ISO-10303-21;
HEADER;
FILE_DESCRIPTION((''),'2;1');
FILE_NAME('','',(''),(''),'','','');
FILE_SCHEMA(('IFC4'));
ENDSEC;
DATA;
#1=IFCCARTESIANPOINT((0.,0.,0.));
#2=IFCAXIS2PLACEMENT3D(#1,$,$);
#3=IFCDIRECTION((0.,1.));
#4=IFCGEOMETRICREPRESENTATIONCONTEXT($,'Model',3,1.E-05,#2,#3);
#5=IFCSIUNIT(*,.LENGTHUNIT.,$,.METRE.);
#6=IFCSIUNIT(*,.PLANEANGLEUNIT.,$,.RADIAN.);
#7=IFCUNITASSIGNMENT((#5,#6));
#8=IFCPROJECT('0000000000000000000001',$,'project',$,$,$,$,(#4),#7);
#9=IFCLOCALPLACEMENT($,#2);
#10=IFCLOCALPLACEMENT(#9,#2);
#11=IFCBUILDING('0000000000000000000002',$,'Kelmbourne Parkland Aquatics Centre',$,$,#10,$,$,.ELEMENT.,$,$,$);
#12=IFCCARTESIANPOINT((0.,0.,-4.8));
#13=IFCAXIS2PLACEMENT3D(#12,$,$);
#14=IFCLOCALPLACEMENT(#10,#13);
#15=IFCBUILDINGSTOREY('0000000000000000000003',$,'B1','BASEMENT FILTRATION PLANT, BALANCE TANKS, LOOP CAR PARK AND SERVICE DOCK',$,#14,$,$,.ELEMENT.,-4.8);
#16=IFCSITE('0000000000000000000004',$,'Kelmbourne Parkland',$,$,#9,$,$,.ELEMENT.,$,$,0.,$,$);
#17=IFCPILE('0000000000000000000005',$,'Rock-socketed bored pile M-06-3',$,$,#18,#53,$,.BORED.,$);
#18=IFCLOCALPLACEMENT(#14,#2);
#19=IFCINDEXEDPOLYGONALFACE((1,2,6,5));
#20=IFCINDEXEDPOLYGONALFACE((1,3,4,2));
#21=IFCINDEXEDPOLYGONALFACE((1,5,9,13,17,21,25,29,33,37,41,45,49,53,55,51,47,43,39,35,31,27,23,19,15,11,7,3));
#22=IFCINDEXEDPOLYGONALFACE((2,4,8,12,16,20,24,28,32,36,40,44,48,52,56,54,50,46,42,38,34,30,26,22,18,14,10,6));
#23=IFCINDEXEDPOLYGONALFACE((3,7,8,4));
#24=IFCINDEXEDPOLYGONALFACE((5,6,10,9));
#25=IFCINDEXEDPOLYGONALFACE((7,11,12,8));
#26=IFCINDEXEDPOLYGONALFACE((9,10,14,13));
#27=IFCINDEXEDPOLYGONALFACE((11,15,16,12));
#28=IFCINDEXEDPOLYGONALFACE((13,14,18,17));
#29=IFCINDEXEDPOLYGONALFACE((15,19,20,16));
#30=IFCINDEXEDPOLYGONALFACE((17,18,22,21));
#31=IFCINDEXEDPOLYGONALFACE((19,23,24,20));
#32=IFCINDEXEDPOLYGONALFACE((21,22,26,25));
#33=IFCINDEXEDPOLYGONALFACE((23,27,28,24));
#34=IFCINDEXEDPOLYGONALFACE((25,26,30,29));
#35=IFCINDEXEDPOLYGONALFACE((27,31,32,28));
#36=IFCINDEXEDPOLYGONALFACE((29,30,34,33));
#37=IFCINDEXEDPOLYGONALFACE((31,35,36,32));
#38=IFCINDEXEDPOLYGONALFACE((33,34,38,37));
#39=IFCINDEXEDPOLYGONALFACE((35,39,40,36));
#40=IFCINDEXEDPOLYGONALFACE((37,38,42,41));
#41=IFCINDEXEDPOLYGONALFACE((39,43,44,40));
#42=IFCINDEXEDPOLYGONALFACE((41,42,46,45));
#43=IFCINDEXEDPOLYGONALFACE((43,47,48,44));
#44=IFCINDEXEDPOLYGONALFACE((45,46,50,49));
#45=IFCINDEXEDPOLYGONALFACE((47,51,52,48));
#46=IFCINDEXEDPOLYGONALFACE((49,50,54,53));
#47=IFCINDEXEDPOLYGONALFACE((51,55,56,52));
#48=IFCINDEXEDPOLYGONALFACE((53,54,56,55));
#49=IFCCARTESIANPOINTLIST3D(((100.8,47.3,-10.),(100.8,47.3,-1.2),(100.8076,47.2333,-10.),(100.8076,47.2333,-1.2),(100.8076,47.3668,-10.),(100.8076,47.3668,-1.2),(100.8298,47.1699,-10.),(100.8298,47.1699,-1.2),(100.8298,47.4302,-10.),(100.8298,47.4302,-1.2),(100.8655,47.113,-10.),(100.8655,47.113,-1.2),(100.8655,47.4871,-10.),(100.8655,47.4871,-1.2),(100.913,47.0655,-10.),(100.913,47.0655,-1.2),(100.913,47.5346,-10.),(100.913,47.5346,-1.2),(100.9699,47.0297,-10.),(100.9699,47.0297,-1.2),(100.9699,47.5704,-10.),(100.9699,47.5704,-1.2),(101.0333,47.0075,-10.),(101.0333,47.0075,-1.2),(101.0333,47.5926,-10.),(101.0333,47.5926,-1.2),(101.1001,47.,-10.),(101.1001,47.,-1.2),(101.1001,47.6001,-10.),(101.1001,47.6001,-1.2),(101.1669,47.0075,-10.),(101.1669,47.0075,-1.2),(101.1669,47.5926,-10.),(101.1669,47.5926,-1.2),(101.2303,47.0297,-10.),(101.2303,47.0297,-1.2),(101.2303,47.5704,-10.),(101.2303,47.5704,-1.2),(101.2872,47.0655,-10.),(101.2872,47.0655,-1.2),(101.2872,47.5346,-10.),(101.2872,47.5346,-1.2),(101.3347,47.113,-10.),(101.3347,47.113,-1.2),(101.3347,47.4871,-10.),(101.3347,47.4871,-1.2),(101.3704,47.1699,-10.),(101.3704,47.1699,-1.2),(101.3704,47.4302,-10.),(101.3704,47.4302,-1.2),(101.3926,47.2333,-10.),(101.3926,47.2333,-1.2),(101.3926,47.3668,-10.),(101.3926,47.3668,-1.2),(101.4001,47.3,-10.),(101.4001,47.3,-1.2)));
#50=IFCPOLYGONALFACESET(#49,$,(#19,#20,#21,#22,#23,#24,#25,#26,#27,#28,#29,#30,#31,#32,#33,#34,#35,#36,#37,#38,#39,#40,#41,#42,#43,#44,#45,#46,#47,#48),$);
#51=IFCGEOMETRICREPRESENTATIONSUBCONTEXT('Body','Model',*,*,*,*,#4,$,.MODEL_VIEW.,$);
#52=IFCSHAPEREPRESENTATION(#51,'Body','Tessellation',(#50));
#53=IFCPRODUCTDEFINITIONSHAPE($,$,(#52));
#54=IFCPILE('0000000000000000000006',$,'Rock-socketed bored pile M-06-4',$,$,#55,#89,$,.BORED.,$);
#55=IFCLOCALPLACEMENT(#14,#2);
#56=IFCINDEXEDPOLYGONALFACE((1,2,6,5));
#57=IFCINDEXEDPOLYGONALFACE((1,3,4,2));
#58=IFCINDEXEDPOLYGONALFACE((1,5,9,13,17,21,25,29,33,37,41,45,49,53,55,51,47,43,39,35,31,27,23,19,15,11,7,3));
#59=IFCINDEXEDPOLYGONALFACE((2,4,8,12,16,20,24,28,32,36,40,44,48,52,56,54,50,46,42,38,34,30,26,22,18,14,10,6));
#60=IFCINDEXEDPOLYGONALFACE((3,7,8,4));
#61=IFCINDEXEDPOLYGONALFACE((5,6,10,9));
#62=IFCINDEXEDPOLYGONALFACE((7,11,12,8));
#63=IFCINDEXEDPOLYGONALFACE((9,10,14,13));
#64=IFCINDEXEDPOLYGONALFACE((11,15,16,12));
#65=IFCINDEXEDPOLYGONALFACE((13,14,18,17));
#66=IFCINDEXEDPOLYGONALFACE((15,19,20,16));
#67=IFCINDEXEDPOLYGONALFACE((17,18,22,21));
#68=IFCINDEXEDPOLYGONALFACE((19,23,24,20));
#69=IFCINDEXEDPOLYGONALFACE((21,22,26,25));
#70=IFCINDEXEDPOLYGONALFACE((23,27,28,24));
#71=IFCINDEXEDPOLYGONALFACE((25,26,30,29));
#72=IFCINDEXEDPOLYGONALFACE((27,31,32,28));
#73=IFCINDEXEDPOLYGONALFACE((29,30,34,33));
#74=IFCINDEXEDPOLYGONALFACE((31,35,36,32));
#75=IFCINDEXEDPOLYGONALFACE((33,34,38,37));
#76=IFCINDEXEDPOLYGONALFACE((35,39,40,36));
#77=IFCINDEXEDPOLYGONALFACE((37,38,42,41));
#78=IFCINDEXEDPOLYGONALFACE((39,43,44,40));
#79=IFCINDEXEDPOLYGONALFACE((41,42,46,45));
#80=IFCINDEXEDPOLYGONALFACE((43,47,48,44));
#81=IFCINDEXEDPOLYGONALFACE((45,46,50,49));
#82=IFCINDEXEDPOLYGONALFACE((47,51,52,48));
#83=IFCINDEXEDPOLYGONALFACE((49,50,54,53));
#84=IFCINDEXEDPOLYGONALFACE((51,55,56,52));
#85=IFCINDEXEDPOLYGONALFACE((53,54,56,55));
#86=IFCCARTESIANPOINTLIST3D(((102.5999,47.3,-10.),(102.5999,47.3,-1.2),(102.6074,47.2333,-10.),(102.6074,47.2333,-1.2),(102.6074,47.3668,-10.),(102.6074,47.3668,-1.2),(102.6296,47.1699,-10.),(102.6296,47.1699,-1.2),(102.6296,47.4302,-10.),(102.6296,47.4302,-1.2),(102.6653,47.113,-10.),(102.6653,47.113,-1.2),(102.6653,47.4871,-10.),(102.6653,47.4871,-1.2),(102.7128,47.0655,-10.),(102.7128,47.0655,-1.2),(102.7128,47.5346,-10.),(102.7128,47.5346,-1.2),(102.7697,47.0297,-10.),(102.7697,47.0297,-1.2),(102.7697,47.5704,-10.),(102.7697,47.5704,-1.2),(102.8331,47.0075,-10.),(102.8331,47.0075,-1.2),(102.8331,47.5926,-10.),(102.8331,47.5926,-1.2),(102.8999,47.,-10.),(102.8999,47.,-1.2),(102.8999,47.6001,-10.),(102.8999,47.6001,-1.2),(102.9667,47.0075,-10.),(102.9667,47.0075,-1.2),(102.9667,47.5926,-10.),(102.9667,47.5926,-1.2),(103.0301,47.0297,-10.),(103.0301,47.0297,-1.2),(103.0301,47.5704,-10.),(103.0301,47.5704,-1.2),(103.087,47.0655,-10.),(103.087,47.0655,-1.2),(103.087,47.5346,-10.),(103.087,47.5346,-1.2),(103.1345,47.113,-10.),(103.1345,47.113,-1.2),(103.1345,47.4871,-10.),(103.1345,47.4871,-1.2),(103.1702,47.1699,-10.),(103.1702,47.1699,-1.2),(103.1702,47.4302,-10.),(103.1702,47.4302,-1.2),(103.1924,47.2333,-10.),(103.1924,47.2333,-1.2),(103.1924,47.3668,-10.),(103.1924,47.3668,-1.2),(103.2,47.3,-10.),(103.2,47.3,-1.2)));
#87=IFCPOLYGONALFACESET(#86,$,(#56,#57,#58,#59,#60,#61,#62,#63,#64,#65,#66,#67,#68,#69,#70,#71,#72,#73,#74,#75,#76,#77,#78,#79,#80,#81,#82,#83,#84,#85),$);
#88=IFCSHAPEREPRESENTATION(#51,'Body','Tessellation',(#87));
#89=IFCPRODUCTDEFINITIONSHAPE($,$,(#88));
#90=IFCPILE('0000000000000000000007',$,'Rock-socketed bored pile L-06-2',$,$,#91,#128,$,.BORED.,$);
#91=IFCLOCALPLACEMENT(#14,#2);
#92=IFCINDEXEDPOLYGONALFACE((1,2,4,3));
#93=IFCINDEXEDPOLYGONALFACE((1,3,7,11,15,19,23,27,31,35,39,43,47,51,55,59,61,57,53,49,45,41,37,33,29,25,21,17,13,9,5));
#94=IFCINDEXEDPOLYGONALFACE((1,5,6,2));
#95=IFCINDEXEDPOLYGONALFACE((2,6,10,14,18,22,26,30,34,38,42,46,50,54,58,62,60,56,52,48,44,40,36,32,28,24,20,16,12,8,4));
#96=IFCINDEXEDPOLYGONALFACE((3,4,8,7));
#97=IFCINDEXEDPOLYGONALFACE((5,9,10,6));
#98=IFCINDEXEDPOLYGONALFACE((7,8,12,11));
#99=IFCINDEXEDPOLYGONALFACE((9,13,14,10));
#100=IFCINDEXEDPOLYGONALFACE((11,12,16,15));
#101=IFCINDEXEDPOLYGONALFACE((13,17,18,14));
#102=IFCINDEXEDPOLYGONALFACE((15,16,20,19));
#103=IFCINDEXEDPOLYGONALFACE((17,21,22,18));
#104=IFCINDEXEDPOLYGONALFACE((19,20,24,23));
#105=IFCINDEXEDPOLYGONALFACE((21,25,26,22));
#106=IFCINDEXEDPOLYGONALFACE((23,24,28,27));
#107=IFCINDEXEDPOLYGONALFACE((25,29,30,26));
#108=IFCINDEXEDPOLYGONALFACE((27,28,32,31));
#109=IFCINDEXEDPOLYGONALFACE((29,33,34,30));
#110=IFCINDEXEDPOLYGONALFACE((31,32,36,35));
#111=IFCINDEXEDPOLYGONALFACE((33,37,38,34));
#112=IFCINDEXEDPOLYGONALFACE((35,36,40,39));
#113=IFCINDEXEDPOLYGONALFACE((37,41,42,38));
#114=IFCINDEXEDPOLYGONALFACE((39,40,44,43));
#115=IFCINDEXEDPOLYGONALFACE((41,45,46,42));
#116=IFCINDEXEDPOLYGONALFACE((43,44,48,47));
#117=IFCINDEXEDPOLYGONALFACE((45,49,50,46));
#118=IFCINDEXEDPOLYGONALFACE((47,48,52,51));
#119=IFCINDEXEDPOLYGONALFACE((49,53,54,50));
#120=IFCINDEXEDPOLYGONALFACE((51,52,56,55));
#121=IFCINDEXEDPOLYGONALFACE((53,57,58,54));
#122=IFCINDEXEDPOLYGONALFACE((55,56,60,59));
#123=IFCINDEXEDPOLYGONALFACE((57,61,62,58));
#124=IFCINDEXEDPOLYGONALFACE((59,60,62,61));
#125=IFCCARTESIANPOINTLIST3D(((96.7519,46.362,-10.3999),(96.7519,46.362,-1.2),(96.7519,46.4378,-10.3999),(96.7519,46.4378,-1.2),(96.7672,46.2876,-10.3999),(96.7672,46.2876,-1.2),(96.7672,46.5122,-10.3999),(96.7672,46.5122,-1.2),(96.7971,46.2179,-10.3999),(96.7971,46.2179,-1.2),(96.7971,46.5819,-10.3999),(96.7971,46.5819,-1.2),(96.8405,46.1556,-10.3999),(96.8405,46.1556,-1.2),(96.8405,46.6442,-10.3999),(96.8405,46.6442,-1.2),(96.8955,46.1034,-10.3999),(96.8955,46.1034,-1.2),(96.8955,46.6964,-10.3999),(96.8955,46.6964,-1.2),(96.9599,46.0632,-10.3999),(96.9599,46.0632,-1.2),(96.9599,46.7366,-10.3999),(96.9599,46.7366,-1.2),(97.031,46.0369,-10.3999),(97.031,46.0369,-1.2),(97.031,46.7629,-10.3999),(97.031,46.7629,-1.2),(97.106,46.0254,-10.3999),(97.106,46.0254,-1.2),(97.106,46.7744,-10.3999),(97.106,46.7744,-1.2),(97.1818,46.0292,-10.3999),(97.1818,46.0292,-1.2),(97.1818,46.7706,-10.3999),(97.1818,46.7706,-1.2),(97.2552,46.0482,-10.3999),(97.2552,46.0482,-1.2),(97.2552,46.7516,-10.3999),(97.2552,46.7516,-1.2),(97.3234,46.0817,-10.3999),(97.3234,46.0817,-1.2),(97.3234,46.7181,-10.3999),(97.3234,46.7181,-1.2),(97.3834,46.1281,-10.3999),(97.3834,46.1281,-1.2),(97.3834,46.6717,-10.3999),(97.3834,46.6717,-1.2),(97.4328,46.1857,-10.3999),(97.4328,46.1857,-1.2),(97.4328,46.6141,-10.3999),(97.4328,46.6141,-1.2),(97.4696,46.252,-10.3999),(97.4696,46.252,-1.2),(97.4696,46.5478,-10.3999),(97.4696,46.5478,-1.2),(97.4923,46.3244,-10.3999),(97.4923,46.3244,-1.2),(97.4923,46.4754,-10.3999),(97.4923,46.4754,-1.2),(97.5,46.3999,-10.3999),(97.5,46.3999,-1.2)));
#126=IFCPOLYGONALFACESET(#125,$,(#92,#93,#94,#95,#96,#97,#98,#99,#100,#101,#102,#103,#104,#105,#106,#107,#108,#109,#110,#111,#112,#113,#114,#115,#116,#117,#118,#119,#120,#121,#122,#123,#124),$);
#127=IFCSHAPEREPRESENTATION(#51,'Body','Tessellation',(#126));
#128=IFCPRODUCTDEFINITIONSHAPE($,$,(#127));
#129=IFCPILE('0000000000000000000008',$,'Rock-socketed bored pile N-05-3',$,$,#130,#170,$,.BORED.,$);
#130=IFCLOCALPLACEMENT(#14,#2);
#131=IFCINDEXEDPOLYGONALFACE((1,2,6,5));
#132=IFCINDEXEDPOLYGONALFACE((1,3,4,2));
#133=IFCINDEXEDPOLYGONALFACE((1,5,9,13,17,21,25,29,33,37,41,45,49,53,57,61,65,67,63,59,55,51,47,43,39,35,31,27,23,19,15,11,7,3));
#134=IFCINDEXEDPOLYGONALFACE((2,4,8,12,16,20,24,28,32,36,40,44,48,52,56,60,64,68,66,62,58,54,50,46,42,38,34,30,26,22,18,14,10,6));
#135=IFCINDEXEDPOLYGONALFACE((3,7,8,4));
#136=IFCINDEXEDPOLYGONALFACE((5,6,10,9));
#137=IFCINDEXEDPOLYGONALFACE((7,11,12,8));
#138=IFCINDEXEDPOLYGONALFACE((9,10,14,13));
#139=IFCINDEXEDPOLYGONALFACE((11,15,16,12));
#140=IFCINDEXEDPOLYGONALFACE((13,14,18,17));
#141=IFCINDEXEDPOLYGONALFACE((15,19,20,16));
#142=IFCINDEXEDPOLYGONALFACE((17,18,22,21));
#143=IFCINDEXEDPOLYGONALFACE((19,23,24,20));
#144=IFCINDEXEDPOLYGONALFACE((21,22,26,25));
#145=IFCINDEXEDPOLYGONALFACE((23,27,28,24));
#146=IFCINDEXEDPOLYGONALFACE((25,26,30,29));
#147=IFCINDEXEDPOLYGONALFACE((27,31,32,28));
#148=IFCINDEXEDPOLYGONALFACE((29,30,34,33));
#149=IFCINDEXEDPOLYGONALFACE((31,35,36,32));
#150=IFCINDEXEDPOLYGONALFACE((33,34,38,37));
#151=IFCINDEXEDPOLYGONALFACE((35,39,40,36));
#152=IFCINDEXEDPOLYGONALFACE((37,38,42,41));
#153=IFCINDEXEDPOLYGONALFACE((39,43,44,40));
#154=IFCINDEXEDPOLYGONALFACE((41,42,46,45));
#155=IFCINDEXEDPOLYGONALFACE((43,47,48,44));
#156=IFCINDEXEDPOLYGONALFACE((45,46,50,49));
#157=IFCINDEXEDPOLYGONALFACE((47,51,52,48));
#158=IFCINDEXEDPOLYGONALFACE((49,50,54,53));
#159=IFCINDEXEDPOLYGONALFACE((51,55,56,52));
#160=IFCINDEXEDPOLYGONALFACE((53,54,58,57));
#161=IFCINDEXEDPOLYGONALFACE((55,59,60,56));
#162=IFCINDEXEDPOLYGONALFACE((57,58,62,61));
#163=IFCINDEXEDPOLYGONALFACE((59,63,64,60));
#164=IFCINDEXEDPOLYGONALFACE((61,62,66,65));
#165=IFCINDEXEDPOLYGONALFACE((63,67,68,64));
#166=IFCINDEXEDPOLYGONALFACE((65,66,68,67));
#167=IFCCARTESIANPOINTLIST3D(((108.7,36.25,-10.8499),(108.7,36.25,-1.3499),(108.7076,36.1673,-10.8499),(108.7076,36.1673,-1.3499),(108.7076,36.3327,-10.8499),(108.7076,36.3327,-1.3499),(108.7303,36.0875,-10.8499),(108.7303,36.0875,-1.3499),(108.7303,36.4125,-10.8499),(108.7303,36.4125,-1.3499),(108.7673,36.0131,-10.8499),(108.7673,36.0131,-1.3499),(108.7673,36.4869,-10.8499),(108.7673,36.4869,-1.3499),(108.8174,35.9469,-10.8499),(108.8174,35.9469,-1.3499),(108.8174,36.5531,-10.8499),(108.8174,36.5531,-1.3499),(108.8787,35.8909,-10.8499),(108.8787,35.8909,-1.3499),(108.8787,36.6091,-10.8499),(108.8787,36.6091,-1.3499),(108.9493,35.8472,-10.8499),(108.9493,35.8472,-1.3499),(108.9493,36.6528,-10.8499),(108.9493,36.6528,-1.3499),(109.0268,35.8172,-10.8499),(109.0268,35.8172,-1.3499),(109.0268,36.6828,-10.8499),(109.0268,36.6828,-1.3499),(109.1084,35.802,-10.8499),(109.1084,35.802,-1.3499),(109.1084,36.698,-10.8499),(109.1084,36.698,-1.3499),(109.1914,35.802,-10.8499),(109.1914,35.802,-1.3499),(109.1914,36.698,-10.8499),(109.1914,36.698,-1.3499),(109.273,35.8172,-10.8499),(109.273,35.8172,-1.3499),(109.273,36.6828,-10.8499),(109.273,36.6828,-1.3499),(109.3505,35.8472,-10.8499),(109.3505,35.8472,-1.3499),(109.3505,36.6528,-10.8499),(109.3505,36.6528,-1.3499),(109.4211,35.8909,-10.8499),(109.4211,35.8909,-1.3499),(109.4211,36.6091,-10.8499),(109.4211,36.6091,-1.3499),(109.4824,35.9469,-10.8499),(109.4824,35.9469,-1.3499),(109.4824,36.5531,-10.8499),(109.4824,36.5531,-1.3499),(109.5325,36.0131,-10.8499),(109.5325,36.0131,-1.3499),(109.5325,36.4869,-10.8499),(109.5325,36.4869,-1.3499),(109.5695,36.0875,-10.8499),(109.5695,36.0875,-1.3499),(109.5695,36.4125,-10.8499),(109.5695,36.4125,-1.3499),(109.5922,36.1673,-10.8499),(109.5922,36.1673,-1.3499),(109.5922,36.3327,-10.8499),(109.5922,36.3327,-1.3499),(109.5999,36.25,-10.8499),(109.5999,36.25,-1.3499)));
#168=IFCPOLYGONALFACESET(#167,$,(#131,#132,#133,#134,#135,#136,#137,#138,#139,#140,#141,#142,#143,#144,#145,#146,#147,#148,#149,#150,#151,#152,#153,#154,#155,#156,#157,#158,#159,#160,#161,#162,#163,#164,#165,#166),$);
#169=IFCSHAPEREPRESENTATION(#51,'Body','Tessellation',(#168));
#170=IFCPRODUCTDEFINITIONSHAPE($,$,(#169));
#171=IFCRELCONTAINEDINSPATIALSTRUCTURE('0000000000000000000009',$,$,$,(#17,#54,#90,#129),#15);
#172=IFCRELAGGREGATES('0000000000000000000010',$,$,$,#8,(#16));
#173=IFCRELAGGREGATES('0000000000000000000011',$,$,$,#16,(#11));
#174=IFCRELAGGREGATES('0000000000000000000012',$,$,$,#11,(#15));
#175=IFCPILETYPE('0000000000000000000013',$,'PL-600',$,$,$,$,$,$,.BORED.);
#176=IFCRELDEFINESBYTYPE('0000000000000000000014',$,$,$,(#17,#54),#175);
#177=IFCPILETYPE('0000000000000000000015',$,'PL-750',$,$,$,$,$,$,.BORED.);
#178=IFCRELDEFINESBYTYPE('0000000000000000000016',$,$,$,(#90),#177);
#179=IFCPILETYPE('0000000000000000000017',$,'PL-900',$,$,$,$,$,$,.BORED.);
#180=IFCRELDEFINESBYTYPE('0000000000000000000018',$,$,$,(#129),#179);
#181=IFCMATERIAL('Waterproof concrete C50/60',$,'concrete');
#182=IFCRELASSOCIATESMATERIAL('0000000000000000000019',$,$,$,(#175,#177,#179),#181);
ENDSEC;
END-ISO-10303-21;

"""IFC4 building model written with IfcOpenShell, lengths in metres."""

from ifc_helpers import new_model, si_unit, direction, frame, origin, origin_2d, place, context, subcontext, project, spatial, circle, extrude, material, material_profile, profile_set, type_object, element, save


model = new_model("IFC4")

# Units and contexts
model_context = context("Model", 3, precision=1e-05, world=origin(), true_north=direction((0.0, 1.0)))
body_context = subcontext(model_context, "Body", "Model", "MODEL_VIEW")
ifc_project = project(units=[si_unit("LENGTHUNIT", "METRE"), si_unit("PLANEANGLEUNIT", "RADIAN")], contexts=[model_context])

# Site, building, storey
site_placement = place(None, origin())
site = spatial("IfcSite", under=ifc_project, at=site_placement, Name="Kelmbourne Parkland", CompositionType="ELEMENT", RefElevation=0.0)
building_placement = place(site_placement, origin())
building = spatial("IfcBuilding", under=site, at=building_placement, Name="Kelmbourne Parkland Aquatics Centre", CompositionType="ELEMENT")
storey_placement = place(building_placement, frame((0.0, 0.0, -4.8)))
storey = spatial("IfcBuildingStorey", under=building, at=storey_placement, Name="B1", Description="BASEMENT FILTRATION PLANT, BALANCE TANKS, LOOP CAR PARK AND SERVICE DOCK", CompositionType="ELEMENT", Elevation=-4.8)

# Shared definitions
ifc_material_1 = material(Name="Waterproof concrete C50/60", Category="concrete")

# Piles
ifc_material_profile_1 = material_profile(ifc_material_1, circle(Radius=0.3, at=origin_2d()), Name="PILE D600")
ifc_profile_set_1 = profile_set([ifc_material_profile_1], Name="Waterproof concrete C50/60")
pile_type_1 = type_object("IfcPileType", Name="PL-600", PredefinedType="BORED", material=ifc_profile_set_1)
for number, where, z_axis, x_axis, name in (
    (1, (101.1001, 47.3, -1.2), (0.0, 0.0, -1.0), (1.0, 0.0, 0.0), "Rock-socketed bored pile M-06-3"),
    (2, (102.8999, 47.3, -1.2), (0.0, 0.0, -1.0), (1.0, 0.0, 0.0), "Rock-socketed bored pile M-06-4"),
):
    element("IfcPile", number, at=place(storey_placement, frame(where, z_axis=z_axis, x_axis=x_axis)), inside=storey, type_object=pile_type_1, Name=name, PredefinedType="BORED", context=body_context, shape_type="SweptSolid", body=[
        extrude(circle(Radius=0.3, at=origin_2d()), origin(), (0.0, 0.0, 1.0), 8.8),
    ])
ifc_material_profile_2 = material_profile(ifc_material_1, circle(Radius=0.375, at=origin_2d()), Name="PILE D750")
ifc_profile_set_2 = profile_set([ifc_material_profile_2], Name="Waterproof concrete C50/60")
pile_type_2 = type_object("IfcPileType", Name="PL-750", PredefinedType="BORED", material=ifc_profile_set_2)
pile_placement = place(storey_placement, frame((97.125, 46.3999, -1.2), z_axis=(0.0, 0.0, -1.0), x_axis=(1.0, 0.0, 0.0)))
element("IfcPile", 3, at=pile_placement, inside=storey, type_object=pile_type_2, Name="Rock-socketed bored pile L-06-2", PredefinedType="BORED", context=body_context, shape_type="SweptSolid", body=[
    extrude(circle(Radius=0.375, at=origin_2d()), origin(), (0.0, 0.0, 1.0), 9.2),
])
ifc_material_profile_3 = material_profile(ifc_material_1, circle(Radius=0.45, at=origin_2d()), Name="PILE D900")
ifc_profile_set_3 = profile_set([ifc_material_profile_3], Name="Waterproof concrete C50/60")
pile_type_3 = type_object("IfcPileType", Name="PL-900", PredefinedType="BORED", material=ifc_profile_set_3)
for number, where, z_axis, x_axis, name in (
    (4, (109.1499, 36.25, -1.3499), (0.0, 0.0, -1.0), (1.0, 0.0, 0.0), "Rock-socketed bored pile N-05-3"),
):
    element("IfcPile", number, at=place(storey_placement, frame(where, z_axis=z_axis, x_axis=x_axis)), inside=storey, type_object=pile_type_3, Name=name, PredefinedType="BORED", context=body_context, shape_type="SweptSolid", body=[
        extrude(circle(Radius=0.45, at=origin_2d()), origin(), (0.0, 0.0, 1.0), 9.5),
    ])

save(model, "model.ifc")
